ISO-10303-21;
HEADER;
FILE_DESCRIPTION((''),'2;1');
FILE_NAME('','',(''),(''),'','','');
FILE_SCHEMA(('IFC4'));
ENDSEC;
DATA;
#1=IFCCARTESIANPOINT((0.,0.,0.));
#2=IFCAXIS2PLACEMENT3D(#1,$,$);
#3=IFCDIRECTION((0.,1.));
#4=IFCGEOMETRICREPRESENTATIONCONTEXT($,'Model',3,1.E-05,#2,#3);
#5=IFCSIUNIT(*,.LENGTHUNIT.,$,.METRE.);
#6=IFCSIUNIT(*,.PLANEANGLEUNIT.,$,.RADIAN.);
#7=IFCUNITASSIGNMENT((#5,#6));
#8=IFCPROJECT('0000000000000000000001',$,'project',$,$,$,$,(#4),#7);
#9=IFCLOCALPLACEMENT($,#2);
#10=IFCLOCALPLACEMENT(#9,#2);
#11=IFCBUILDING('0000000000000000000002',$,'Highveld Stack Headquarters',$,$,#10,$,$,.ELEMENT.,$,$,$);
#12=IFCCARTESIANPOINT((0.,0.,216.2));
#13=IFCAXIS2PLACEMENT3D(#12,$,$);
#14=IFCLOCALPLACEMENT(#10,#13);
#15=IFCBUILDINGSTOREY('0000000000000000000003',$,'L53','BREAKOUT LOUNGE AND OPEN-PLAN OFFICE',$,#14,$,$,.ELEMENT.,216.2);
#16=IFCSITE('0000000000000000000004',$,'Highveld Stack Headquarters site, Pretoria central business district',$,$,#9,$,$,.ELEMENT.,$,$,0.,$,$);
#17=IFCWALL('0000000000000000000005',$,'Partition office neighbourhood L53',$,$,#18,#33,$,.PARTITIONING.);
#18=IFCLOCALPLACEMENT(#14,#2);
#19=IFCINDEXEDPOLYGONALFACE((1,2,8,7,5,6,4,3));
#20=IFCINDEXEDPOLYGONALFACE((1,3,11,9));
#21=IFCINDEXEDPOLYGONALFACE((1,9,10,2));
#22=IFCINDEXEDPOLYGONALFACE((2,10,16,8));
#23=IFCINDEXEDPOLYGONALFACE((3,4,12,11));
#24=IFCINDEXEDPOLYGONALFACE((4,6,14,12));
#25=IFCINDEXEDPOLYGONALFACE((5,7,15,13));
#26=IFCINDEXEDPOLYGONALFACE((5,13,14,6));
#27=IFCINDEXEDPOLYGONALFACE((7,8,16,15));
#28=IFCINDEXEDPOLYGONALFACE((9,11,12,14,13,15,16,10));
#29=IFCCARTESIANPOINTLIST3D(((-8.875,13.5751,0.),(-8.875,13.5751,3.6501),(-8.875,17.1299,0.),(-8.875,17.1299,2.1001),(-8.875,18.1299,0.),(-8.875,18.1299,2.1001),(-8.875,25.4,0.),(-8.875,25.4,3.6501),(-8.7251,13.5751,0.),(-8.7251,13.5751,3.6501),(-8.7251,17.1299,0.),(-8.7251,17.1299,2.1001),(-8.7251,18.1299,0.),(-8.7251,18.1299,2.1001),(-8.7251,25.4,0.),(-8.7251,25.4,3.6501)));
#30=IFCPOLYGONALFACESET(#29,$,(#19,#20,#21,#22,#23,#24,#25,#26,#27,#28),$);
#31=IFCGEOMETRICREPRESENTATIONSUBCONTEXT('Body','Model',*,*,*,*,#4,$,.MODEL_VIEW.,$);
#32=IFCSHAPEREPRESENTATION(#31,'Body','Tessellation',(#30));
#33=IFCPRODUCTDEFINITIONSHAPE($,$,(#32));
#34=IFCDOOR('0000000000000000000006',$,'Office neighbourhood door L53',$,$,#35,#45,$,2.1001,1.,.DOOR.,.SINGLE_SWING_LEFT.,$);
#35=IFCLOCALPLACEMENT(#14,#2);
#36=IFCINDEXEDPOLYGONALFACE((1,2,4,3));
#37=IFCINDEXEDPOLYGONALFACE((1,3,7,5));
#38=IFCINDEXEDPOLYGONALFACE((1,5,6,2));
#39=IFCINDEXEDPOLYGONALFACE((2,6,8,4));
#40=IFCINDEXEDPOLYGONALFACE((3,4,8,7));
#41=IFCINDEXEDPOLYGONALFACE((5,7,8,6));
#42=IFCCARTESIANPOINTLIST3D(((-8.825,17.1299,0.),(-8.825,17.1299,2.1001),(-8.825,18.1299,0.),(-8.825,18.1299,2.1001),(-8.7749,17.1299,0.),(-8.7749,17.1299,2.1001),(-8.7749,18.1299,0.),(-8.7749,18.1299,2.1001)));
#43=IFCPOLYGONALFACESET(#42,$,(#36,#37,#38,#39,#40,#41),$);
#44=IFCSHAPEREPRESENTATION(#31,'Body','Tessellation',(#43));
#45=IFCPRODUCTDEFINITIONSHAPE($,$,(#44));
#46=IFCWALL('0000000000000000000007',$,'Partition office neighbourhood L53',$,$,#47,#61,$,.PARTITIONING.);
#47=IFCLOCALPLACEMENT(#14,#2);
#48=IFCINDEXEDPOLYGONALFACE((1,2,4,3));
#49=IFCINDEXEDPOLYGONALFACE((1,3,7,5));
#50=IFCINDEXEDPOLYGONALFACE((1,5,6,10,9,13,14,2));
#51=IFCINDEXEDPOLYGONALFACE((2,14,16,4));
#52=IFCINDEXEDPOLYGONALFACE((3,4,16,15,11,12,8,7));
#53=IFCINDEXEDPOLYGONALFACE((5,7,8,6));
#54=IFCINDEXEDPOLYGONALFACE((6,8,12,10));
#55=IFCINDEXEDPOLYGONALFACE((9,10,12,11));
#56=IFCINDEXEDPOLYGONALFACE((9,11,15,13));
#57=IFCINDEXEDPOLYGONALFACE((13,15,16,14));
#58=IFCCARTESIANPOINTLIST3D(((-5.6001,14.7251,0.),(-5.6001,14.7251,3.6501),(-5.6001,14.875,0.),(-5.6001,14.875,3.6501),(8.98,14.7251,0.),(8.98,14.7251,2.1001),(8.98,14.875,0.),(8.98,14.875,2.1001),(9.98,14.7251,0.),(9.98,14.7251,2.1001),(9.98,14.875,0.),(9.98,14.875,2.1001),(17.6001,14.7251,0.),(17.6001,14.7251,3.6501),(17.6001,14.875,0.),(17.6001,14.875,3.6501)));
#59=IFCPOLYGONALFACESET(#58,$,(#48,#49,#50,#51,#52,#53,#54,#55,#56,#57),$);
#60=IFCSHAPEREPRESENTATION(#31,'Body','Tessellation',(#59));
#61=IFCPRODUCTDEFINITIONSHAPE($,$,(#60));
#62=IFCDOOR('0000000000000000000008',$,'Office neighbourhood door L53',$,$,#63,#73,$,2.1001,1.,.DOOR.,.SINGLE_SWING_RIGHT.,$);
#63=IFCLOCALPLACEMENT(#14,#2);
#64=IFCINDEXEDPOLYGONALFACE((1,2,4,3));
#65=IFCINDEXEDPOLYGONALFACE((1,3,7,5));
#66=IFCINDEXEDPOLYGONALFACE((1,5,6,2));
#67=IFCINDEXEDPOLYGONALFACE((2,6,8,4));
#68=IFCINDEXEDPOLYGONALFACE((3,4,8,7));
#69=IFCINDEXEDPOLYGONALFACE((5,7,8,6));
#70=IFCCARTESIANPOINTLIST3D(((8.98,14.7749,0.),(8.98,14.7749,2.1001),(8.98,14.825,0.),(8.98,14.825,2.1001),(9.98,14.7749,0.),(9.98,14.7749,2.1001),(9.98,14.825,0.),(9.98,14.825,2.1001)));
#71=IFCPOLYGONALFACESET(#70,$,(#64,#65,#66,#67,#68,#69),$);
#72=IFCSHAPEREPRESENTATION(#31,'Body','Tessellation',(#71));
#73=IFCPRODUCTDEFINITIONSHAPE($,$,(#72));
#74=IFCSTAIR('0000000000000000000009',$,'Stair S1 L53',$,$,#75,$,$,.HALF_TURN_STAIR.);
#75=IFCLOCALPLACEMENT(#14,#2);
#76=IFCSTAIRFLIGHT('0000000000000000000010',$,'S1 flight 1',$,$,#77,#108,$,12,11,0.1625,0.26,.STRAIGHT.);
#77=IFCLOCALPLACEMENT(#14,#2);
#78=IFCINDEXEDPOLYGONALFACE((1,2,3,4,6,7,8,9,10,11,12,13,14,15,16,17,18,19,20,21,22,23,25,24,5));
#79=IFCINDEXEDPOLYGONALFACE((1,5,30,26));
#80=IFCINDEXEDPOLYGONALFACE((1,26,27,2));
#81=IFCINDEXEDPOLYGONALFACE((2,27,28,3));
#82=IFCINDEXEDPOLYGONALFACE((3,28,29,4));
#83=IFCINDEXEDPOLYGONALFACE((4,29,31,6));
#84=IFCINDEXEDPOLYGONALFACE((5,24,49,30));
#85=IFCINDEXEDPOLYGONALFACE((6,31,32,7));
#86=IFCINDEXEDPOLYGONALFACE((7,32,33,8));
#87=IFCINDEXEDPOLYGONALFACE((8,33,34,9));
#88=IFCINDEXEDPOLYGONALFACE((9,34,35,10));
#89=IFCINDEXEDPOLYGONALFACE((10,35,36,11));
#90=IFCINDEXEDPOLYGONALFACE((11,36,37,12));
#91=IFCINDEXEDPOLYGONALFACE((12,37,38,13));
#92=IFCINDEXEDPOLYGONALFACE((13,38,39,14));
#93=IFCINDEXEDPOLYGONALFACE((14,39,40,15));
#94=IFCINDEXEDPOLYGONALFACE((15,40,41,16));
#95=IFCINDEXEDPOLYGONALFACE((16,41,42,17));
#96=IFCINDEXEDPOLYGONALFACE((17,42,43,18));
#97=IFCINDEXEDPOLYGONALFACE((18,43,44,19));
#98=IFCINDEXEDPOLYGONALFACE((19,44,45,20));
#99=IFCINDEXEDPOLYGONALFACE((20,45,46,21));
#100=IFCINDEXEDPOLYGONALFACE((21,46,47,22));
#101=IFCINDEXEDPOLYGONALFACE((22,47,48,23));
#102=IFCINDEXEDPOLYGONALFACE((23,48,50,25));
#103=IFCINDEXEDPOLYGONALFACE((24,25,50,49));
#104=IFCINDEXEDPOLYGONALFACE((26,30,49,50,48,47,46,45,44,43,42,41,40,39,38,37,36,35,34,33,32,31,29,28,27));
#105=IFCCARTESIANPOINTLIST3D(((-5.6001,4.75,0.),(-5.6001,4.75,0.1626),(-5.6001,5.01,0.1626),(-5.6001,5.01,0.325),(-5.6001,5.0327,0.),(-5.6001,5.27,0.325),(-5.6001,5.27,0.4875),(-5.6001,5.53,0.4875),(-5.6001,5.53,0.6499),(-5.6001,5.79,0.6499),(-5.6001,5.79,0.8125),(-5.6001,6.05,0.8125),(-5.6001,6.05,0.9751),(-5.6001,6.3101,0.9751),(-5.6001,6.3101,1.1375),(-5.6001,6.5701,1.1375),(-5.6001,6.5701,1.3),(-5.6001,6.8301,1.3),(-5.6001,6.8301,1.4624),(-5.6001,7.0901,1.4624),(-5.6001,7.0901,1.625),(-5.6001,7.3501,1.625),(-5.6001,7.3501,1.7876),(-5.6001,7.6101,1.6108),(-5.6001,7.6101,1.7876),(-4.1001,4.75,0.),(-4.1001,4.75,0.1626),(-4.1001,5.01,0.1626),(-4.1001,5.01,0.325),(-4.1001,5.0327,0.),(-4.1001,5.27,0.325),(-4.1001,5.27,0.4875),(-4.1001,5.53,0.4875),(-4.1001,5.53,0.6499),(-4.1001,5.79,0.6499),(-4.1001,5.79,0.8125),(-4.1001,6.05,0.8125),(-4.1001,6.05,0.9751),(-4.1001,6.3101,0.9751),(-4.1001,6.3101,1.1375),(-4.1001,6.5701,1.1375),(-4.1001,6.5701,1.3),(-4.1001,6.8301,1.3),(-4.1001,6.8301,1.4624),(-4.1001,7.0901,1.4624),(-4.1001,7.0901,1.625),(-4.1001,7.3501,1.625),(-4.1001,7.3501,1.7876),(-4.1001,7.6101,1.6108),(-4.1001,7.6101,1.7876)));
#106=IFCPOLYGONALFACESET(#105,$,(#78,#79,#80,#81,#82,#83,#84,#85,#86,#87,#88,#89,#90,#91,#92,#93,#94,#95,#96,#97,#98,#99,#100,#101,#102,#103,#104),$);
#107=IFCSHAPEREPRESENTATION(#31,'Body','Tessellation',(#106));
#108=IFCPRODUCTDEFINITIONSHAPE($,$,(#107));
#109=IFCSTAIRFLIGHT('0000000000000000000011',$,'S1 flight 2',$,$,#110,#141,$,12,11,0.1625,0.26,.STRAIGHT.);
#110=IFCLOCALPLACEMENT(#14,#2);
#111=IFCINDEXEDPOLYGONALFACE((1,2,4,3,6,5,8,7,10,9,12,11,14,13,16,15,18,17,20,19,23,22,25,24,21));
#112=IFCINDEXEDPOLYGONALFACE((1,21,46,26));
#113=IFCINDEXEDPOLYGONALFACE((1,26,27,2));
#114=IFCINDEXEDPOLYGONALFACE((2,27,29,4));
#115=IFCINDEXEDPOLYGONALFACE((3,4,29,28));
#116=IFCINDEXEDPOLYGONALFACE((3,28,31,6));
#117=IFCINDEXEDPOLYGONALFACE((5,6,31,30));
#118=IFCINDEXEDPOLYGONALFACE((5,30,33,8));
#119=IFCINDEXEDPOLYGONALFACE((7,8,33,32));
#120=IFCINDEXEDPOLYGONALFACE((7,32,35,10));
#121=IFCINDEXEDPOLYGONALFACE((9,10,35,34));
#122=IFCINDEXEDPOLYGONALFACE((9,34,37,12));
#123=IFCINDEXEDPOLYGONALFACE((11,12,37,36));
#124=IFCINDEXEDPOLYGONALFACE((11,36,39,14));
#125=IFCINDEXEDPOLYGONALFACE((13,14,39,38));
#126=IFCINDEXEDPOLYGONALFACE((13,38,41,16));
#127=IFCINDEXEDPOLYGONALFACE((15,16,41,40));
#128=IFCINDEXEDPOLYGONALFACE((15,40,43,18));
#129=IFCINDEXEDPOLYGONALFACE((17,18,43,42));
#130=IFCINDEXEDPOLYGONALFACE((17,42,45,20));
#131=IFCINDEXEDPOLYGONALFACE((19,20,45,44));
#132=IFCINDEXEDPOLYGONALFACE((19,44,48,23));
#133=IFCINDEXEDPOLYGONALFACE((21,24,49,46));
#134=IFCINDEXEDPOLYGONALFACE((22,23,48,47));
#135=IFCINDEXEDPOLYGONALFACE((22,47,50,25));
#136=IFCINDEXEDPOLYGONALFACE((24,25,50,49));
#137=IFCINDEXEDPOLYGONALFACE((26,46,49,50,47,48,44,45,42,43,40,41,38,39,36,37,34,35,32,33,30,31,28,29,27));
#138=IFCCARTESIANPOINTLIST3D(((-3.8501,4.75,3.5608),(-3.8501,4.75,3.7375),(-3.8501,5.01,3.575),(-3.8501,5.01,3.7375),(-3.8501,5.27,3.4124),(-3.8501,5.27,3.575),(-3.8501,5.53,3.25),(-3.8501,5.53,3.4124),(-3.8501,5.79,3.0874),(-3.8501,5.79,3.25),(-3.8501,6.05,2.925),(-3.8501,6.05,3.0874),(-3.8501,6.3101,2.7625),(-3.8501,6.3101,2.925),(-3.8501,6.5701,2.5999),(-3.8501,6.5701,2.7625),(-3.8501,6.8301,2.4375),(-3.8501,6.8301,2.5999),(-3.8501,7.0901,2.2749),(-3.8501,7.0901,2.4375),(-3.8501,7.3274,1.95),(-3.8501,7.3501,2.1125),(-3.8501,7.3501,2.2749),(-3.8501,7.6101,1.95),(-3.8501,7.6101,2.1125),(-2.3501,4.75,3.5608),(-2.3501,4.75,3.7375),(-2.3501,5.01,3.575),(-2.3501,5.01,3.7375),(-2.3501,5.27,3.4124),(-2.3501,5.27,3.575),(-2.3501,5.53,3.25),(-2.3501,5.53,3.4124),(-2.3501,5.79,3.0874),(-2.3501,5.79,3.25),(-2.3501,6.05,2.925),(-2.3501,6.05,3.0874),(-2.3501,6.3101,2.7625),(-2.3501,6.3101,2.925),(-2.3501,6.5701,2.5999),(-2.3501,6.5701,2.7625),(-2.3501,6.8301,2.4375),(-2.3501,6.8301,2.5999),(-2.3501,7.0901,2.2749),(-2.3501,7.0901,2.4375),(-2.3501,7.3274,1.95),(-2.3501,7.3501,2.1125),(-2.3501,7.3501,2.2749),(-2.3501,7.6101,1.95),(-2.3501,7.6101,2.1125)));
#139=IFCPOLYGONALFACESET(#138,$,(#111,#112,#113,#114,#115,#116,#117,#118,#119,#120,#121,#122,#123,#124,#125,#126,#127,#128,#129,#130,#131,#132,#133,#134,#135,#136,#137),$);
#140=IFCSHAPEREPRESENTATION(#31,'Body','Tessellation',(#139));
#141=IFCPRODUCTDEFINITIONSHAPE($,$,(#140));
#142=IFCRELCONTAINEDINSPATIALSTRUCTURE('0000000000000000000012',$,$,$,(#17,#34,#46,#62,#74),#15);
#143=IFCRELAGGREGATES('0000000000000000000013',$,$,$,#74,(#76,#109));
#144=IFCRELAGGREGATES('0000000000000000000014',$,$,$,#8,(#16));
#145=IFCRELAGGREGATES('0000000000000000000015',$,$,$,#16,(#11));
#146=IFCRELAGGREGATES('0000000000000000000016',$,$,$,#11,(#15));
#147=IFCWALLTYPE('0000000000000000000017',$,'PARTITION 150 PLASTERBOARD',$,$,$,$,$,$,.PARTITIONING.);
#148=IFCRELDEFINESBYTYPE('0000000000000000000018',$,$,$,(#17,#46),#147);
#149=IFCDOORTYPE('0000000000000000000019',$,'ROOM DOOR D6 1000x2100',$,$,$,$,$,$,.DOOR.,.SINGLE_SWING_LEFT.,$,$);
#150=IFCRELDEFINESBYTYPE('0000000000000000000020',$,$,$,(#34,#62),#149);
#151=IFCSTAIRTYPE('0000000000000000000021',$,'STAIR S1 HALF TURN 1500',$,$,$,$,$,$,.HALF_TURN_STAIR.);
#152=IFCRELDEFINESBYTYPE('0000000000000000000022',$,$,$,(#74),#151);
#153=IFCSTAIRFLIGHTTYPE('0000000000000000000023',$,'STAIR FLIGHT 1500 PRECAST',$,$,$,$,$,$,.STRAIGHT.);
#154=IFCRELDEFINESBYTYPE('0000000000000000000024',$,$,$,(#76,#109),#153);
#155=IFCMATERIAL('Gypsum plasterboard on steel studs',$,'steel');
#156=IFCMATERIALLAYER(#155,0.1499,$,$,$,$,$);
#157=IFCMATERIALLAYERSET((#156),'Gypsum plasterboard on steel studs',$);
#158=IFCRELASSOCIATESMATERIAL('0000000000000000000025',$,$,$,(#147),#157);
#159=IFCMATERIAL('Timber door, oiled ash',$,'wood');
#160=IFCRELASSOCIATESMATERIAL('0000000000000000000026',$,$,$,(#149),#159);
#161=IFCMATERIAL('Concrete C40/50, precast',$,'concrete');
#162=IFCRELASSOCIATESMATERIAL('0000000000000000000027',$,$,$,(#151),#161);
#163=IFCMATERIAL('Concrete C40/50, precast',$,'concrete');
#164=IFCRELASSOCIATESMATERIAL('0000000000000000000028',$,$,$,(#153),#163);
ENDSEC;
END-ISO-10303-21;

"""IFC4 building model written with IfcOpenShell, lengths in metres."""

from ifc_helpers import new_model, si_unit, direction, frame, frame_2d, origin, place, context, subcontext, project, spatial, polyline, rectangle, outline, extrude, material, layer, layer_set, type_object, element, fill, aggregate, save


model = new_model("IFC4")

# Units and contexts
model_context = context("Model", 3, precision=1e-05, world=origin(), true_north=direction((0.0, 1.0)))
body_context = subcontext(model_context, "Body", "Model", "MODEL_VIEW")
ifc_project = project(units=[si_unit("LENGTHUNIT", "METRE"), si_unit("PLANEANGLEUNIT", "RADIAN")], contexts=[model_context])

# Site, building, storey
site_placement = place(None, origin())
site = spatial("IfcSite", under=ifc_project, at=site_placement, Name="Highveld Stack Headquarters site, Pretoria central business district", CompositionType="ELEMENT", RefElevation=0.0)
building_placement = place(site_placement, origin())
building = spatial("IfcBuilding", under=site, at=building_placement, Name="Highveld Stack Headquarters", CompositionType="ELEMENT")
storey_placement = place(building_placement, frame((0.0, 0.0, 216.2)))
storey = spatial("IfcBuildingStorey", under=building, at=storey_placement, Name="L53", Description="BREAKOUT LOUNGE AND OPEN-PLAN OFFICE", CompositionType="ELEMENT", Elevation=216.2)

# Shared definitions
ifc_material_1 = material(Name="Gypsum plasterboard on steel studs", Category="steel")
ifc_layer_1 = layer(ifc_material_1, 0.1499)
ifc_layer_set_1 = layer_set([ifc_layer_1], Name="Gypsum plasterboard on steel studs")
wall_type_1 = type_object("IfcWallType", Name="PARTITION 150 PLASTERBOARD", PredefinedType="PARTITIONING", material=ifc_layer_set_1)

# Walls, openings, doors
wall_1_placement = place(storey_placement, frame((-8.8, 13.575, 0.0), z_axis=(0.0, 0.0, 1.0), x_axis=(0.0, 1.0, 0.0)))
wall_1 = element("IfcWall", 1, at=wall_1_placement, inside=storey, type_object=wall_type_1, Name="Partition office neighbourhood L53", PredefinedType="PARTITIONING", context=body_context, shape_type="SweptSolid", body=[
    extrude(rectangle(XDim=11.825, YDim=0.1499, at=frame_2d((5.9126, 0.0))), origin(), (0.0, 0.0, 1.0), 3.6501),
])
opening_1_placement = place(wall_1_placement, frame((3.5549, 0.0, 0.0)))
opening_1 = element("IfcOpeningElement", 2, at=opening_1_placement, cuts=wall_1, PredefinedType="OPENING", context=body_context, shape_type="SweptSolid", body=[
    extrude(rectangle(XDim=1.0, YDim=2.1001, at=frame_2d((0.5, 1.05))), frame((0.0, 0.085, 0.0), z_axis=(0.0, -1.0, 0.0), x_axis=(1.0, 0.0, 0.0)), (0.0, 0.0, 1.0), 0.1699),
])
ifc_material_2 = material(Name="Timber door, oiled ash", Category="wood")
door_type_1 = type_object("IfcDoorType", Name="ROOM DOOR D6 1000x2100", OperationType="SINGLE_SWING_LEFT", PredefinedType="DOOR", material=ifc_material_2)
door_1_placement = place(opening_1_placement, origin())
door_1 = element("IfcDoor", 3, at=door_1_placement, inside=storey, type_object=door_type_1, Name="Office neighbourhood door L53", OperationType="SINGLE_SWING_LEFT", OverallHeight=2.1001, OverallWidth=1.0, PredefinedType="DOOR", context=body_context, shape_type="SweptSolid", body=[
    extrude(rectangle(XDim=1.0, YDim=2.1001, at=frame_2d((0.5, 1.05))), frame((0.0, 0.0249, 0.0), z_axis=(0.0, -1.0, 0.0), x_axis=(1.0, 0.0, 0.0)), (0.0, 0.0, 1.0), 0.05),
])
fill(opening_1, door_1)
wall_2_placement = place(storey_placement, frame((-5.6001, 14.8, 0.0), z_axis=(0.0, 0.0, 1.0), x_axis=(1.0, 0.0, 0.0)))
wall_2 = element("IfcWall", 4, at=wall_2_placement, inside=storey, type_object=wall_type_1, Name="Partition office neighbourhood L53", PredefinedType="PARTITIONING", context=body_context, shape_type="SweptSolid", body=[
    extrude(rectangle(XDim=23.2002, YDim=0.1499, at=frame_2d((11.6001, 0.0))), origin(), (0.0, 0.0, 1.0), 3.6501),
])
opening_2_placement = place(wall_2_placement, frame((14.5801, 0.0, 0.0)))
opening_2 = element("IfcOpeningElement", 5, at=opening_2_placement, cuts=wall_2, PredefinedType="OPENING", context=body_context, shape_type="SweptSolid", body=[
    extrude(rectangle(XDim=1.0, YDim=2.1001, at=frame_2d((0.5, 1.05))), frame((0.0, 0.085, 0.0), z_axis=(0.0, -1.0, 0.0), x_axis=(1.0, 0.0, 0.0)), (0.0, 0.0, 1.0), 0.1699),
])
door_2_placement = place(opening_2_placement, origin())
door_2 = element("IfcDoor", 6, at=door_2_placement, inside=storey, type_object=door_type_1, Name="Office neighbourhood door L53", OperationType="SINGLE_SWING_RIGHT", OverallHeight=2.1001, OverallWidth=1.0, PredefinedType="DOOR", context=body_context, shape_type="SweptSolid", body=[
    extrude(rectangle(XDim=1.0, YDim=2.1001, at=frame_2d((0.5, 1.05))), frame((0.0, 0.0249, 0.0), z_axis=(0.0, -1.0, 0.0), x_axis=(1.0, 0.0, 0.0)), (0.0, 0.0, 1.0), 0.05),
])
fill(opening_2, door_2)

# Stair, stair flights
ifc_material_3 = material(Name="Concrete C40/50, precast", Category="concrete")
stair_type = type_object("IfcStairType", Name="STAIR S1 HALF TURN 1500", PredefinedType="HALF_TURN_STAIR", material=ifc_material_3)
stair_placement = place(storey_placement, origin())
stair = element("IfcStair", 7, at=stair_placement, inside=storey, type_object=stair_type, Name="Stair S1 L53", PredefinedType="HALF_TURN_STAIR")
ifc_material_4 = material(Name="Concrete C40/50, precast", Category="concrete")
stair_flight_type = type_object("IfcStairFlightType", Name="STAIR FLIGHT 1500 PRECAST", PredefinedType="STRAIGHT", material=ifc_material_4)
stair_flight_1_placement = place(storey_placement, frame((-4.8501, 4.75, 0.0), z_axis=(0.0, 0.0, 1.0), x_axis=(0.0, 1.0, 0.0)))
stair_flight_1 = element("IfcStairFlight", 8, at=stair_flight_1_placement, type_object=stair_flight_type, Name="S1 flight 1", NumberOfRisers=12, NumberOfTreads=11, PredefinedType="STRAIGHT", RiserHeight=0.1625, TreadLength=0.26, context=body_context, shape_type="SweptSolid", body=[
    extrude(outline(polyline([(0.0, 0.0), (0.0, 0.1626), (0.26, 0.1626), (0.26, 0.325), (0.52, 0.325), (0.52, 0.4875), (0.78, 0.4875), (0.78, 0.6499), (1.04, 0.6499), (1.04, 0.8125), (1.3, 0.8125), (1.3, 0.9751), (1.5601, 0.9751), (1.5601, 1.1375), (1.8201, 1.1375), (1.8201, 1.3), (2.0801, 1.3), (2.0801, 1.4624), (2.3401, 1.4624), (2.3401, 1.625), (2.6001, 1.625), (2.6001, 1.7876), (2.8601, 1.7876), (2.8601, 1.95), (2.8601, 1.6108), (0.2827, 0.0), (0.0, 0.0)])), frame((0.0, 0.75, 0.0), z_axis=(0.0, -1.0, 0.0), x_axis=(1.0, 0.0, 0.0)), (0.0, 0.0, 1.0), 1.5),
])
stair_flight_2_placement = place(storey_placement, frame((-3.1001, 7.6101, 1.95), z_axis=(0.0, 0.0, 1.0), x_axis=(0.0, -1.0, 0.0)))
stair_flight_2 = element("IfcStairFlight", 9, at=stair_flight_2_placement, type_object=stair_flight_type, Name="S1 flight 2", NumberOfRisers=12, NumberOfTreads=11, PredefinedType="STRAIGHT", RiserHeight=0.1625, TreadLength=0.26, context=body_context, shape_type="SweptSolid", body=[
    extrude(outline(polyline([(0.0, 0.0), (0.0, 0.1626), (0.26, 0.1626), (0.26, 0.325), (0.52, 0.325), (0.52, 0.4875), (0.78, 0.4875), (0.78, 0.6499), (1.04, 0.6499), (1.04, 0.8125), (1.3, 0.8125), (1.3, 0.9751), (1.5601, 0.9751), (1.5601, 1.1375), (1.8201, 1.1375), (1.8201, 1.3), (2.0801, 1.3), (2.0801, 1.4624), (2.3401, 1.4624), (2.3401, 1.625), (2.6001, 1.625), (2.6001, 1.7876), (2.8601, 1.7876), (2.8601, 1.95), (2.8601, 1.6108), (0.2827, 0.0), (0.0, 0.0)])), frame((0.0, 0.75, 0.0), z_axis=(0.0, -1.0, 0.0), x_axis=(1.0, 0.0, 0.0)), (0.0, 0.0, 1.0), 1.5),
])
aggregate(stair, [stair_flight_1, stair_flight_2])

save(model, "model.ifc")
